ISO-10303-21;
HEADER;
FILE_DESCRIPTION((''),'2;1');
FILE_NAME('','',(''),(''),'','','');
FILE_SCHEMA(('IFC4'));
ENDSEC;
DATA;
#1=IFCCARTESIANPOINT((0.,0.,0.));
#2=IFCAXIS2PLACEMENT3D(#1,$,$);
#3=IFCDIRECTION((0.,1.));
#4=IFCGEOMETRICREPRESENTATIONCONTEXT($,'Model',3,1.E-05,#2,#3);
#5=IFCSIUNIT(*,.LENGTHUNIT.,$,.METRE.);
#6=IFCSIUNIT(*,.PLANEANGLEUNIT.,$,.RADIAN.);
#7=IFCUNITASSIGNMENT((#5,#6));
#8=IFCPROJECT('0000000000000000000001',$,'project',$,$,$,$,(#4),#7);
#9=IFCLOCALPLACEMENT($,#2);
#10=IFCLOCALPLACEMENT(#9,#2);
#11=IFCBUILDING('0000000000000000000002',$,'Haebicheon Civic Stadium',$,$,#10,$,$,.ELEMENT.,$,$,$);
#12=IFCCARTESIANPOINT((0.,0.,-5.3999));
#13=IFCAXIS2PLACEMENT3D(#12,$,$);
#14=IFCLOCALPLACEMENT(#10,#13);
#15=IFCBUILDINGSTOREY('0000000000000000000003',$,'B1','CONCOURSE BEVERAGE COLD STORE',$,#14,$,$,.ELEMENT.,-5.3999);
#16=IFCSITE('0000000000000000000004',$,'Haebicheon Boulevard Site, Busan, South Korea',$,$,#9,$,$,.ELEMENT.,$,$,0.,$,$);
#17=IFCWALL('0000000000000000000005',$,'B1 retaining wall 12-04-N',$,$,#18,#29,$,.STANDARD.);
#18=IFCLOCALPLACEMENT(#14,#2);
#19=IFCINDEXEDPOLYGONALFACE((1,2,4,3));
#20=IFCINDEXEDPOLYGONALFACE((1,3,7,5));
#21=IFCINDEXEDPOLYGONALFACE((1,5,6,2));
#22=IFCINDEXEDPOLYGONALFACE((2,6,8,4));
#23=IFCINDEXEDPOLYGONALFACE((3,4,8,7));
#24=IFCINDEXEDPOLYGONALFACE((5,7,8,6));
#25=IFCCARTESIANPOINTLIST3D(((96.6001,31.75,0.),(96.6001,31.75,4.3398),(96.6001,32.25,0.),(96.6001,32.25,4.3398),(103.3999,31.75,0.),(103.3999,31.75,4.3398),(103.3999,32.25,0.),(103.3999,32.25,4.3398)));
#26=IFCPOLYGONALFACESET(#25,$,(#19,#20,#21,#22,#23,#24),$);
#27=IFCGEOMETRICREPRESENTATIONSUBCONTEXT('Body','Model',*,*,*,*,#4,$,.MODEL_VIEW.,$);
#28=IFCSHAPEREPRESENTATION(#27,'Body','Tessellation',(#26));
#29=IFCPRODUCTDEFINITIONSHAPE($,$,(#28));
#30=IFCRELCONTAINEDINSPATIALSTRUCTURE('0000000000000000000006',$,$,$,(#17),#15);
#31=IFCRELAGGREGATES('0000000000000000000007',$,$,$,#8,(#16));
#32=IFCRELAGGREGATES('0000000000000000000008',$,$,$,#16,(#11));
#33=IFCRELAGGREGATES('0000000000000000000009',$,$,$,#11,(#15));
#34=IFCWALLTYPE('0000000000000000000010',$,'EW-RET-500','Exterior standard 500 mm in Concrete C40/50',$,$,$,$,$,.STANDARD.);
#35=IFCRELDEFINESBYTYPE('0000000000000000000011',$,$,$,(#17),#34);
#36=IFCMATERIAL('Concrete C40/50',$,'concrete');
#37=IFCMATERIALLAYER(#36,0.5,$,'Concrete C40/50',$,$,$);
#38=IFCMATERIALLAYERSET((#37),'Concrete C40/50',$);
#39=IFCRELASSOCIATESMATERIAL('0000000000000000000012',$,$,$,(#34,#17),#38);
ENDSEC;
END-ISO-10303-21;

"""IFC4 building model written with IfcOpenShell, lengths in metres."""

from ifc_helpers import new_model, si_unit, direction, frame, frame_2d, origin, place, context, subcontext, project, spatial, rectangle, extrude, material, layer, layer_set, type_object, element, save


model = new_model("IFC4")

# Units and contexts
model_context = context("Model", 3, precision=1e-05, world=origin(), true_north=direction((0.0, 1.0)))
body_context = subcontext(model_context, "Body", "Model", "MODEL_VIEW")
ifc_project = project(units=[si_unit("LENGTHUNIT", "METRE"), si_unit("PLANEANGLEUNIT", "RADIAN")], contexts=[model_context])

# Site, building, storey
site_placement = place(None, origin())
site = spatial("IfcSite", under=ifc_project, at=site_placement, Name="Haebicheon Boulevard Site, Busan, South Korea", CompositionType="ELEMENT", RefElevation=0.0)
building_placement = place(site_placement, origin())
building = spatial("IfcBuilding", under=site, at=building_placement, Name="Haebicheon Civic Stadium", CompositionType="ELEMENT")
storey_placement = place(building_placement, frame((0.0, 0.0, -5.3999)))
storey = spatial("IfcBuildingStorey", under=building, at=storey_placement, Name="B1", Description="CONCOURSE BEVERAGE COLD STORE", CompositionType="ELEMENT", Elevation=-5.3999)

# Wall
ifc_material_1 = material(Name="Concrete C40/50", Category="concrete")
ifc_layer_1 = layer(ifc_material_1, 0.5, Name="Concrete C40/50")
ifc_layer_set_1 = layer_set([ifc_layer_1], Name="Concrete C40/50")
wall_type_1 = type_object("IfcWallType", Name="EW-RET-500", Description="Exterior standard 500 mm in Concrete C40/50", PredefinedType="STANDARD", material=ifc_layer_set_1)
wall_1_placement = place(storey_placement, frame((96.6001, 32.0, 0.0), z_axis=(0.0, 0.0, 1.0), x_axis=(1.0, 0.0, 0.0)))
element("IfcWall", 1, at=wall_1_placement, inside=storey, type_object=wall_type_1, material=ifc_layer_set_1, Name="B1 retaining wall 12-04-N", PredefinedType="STANDARD", context=body_context, shape_type="SweptSolid", body=[
    extrude(rectangle(XDim=6.7998, YDim=0.5, at=frame_2d((3.3999, 0.0))), origin(), (0.0, 0.0, 1.0), 4.3398),
])

save(model, "model.ifc")
